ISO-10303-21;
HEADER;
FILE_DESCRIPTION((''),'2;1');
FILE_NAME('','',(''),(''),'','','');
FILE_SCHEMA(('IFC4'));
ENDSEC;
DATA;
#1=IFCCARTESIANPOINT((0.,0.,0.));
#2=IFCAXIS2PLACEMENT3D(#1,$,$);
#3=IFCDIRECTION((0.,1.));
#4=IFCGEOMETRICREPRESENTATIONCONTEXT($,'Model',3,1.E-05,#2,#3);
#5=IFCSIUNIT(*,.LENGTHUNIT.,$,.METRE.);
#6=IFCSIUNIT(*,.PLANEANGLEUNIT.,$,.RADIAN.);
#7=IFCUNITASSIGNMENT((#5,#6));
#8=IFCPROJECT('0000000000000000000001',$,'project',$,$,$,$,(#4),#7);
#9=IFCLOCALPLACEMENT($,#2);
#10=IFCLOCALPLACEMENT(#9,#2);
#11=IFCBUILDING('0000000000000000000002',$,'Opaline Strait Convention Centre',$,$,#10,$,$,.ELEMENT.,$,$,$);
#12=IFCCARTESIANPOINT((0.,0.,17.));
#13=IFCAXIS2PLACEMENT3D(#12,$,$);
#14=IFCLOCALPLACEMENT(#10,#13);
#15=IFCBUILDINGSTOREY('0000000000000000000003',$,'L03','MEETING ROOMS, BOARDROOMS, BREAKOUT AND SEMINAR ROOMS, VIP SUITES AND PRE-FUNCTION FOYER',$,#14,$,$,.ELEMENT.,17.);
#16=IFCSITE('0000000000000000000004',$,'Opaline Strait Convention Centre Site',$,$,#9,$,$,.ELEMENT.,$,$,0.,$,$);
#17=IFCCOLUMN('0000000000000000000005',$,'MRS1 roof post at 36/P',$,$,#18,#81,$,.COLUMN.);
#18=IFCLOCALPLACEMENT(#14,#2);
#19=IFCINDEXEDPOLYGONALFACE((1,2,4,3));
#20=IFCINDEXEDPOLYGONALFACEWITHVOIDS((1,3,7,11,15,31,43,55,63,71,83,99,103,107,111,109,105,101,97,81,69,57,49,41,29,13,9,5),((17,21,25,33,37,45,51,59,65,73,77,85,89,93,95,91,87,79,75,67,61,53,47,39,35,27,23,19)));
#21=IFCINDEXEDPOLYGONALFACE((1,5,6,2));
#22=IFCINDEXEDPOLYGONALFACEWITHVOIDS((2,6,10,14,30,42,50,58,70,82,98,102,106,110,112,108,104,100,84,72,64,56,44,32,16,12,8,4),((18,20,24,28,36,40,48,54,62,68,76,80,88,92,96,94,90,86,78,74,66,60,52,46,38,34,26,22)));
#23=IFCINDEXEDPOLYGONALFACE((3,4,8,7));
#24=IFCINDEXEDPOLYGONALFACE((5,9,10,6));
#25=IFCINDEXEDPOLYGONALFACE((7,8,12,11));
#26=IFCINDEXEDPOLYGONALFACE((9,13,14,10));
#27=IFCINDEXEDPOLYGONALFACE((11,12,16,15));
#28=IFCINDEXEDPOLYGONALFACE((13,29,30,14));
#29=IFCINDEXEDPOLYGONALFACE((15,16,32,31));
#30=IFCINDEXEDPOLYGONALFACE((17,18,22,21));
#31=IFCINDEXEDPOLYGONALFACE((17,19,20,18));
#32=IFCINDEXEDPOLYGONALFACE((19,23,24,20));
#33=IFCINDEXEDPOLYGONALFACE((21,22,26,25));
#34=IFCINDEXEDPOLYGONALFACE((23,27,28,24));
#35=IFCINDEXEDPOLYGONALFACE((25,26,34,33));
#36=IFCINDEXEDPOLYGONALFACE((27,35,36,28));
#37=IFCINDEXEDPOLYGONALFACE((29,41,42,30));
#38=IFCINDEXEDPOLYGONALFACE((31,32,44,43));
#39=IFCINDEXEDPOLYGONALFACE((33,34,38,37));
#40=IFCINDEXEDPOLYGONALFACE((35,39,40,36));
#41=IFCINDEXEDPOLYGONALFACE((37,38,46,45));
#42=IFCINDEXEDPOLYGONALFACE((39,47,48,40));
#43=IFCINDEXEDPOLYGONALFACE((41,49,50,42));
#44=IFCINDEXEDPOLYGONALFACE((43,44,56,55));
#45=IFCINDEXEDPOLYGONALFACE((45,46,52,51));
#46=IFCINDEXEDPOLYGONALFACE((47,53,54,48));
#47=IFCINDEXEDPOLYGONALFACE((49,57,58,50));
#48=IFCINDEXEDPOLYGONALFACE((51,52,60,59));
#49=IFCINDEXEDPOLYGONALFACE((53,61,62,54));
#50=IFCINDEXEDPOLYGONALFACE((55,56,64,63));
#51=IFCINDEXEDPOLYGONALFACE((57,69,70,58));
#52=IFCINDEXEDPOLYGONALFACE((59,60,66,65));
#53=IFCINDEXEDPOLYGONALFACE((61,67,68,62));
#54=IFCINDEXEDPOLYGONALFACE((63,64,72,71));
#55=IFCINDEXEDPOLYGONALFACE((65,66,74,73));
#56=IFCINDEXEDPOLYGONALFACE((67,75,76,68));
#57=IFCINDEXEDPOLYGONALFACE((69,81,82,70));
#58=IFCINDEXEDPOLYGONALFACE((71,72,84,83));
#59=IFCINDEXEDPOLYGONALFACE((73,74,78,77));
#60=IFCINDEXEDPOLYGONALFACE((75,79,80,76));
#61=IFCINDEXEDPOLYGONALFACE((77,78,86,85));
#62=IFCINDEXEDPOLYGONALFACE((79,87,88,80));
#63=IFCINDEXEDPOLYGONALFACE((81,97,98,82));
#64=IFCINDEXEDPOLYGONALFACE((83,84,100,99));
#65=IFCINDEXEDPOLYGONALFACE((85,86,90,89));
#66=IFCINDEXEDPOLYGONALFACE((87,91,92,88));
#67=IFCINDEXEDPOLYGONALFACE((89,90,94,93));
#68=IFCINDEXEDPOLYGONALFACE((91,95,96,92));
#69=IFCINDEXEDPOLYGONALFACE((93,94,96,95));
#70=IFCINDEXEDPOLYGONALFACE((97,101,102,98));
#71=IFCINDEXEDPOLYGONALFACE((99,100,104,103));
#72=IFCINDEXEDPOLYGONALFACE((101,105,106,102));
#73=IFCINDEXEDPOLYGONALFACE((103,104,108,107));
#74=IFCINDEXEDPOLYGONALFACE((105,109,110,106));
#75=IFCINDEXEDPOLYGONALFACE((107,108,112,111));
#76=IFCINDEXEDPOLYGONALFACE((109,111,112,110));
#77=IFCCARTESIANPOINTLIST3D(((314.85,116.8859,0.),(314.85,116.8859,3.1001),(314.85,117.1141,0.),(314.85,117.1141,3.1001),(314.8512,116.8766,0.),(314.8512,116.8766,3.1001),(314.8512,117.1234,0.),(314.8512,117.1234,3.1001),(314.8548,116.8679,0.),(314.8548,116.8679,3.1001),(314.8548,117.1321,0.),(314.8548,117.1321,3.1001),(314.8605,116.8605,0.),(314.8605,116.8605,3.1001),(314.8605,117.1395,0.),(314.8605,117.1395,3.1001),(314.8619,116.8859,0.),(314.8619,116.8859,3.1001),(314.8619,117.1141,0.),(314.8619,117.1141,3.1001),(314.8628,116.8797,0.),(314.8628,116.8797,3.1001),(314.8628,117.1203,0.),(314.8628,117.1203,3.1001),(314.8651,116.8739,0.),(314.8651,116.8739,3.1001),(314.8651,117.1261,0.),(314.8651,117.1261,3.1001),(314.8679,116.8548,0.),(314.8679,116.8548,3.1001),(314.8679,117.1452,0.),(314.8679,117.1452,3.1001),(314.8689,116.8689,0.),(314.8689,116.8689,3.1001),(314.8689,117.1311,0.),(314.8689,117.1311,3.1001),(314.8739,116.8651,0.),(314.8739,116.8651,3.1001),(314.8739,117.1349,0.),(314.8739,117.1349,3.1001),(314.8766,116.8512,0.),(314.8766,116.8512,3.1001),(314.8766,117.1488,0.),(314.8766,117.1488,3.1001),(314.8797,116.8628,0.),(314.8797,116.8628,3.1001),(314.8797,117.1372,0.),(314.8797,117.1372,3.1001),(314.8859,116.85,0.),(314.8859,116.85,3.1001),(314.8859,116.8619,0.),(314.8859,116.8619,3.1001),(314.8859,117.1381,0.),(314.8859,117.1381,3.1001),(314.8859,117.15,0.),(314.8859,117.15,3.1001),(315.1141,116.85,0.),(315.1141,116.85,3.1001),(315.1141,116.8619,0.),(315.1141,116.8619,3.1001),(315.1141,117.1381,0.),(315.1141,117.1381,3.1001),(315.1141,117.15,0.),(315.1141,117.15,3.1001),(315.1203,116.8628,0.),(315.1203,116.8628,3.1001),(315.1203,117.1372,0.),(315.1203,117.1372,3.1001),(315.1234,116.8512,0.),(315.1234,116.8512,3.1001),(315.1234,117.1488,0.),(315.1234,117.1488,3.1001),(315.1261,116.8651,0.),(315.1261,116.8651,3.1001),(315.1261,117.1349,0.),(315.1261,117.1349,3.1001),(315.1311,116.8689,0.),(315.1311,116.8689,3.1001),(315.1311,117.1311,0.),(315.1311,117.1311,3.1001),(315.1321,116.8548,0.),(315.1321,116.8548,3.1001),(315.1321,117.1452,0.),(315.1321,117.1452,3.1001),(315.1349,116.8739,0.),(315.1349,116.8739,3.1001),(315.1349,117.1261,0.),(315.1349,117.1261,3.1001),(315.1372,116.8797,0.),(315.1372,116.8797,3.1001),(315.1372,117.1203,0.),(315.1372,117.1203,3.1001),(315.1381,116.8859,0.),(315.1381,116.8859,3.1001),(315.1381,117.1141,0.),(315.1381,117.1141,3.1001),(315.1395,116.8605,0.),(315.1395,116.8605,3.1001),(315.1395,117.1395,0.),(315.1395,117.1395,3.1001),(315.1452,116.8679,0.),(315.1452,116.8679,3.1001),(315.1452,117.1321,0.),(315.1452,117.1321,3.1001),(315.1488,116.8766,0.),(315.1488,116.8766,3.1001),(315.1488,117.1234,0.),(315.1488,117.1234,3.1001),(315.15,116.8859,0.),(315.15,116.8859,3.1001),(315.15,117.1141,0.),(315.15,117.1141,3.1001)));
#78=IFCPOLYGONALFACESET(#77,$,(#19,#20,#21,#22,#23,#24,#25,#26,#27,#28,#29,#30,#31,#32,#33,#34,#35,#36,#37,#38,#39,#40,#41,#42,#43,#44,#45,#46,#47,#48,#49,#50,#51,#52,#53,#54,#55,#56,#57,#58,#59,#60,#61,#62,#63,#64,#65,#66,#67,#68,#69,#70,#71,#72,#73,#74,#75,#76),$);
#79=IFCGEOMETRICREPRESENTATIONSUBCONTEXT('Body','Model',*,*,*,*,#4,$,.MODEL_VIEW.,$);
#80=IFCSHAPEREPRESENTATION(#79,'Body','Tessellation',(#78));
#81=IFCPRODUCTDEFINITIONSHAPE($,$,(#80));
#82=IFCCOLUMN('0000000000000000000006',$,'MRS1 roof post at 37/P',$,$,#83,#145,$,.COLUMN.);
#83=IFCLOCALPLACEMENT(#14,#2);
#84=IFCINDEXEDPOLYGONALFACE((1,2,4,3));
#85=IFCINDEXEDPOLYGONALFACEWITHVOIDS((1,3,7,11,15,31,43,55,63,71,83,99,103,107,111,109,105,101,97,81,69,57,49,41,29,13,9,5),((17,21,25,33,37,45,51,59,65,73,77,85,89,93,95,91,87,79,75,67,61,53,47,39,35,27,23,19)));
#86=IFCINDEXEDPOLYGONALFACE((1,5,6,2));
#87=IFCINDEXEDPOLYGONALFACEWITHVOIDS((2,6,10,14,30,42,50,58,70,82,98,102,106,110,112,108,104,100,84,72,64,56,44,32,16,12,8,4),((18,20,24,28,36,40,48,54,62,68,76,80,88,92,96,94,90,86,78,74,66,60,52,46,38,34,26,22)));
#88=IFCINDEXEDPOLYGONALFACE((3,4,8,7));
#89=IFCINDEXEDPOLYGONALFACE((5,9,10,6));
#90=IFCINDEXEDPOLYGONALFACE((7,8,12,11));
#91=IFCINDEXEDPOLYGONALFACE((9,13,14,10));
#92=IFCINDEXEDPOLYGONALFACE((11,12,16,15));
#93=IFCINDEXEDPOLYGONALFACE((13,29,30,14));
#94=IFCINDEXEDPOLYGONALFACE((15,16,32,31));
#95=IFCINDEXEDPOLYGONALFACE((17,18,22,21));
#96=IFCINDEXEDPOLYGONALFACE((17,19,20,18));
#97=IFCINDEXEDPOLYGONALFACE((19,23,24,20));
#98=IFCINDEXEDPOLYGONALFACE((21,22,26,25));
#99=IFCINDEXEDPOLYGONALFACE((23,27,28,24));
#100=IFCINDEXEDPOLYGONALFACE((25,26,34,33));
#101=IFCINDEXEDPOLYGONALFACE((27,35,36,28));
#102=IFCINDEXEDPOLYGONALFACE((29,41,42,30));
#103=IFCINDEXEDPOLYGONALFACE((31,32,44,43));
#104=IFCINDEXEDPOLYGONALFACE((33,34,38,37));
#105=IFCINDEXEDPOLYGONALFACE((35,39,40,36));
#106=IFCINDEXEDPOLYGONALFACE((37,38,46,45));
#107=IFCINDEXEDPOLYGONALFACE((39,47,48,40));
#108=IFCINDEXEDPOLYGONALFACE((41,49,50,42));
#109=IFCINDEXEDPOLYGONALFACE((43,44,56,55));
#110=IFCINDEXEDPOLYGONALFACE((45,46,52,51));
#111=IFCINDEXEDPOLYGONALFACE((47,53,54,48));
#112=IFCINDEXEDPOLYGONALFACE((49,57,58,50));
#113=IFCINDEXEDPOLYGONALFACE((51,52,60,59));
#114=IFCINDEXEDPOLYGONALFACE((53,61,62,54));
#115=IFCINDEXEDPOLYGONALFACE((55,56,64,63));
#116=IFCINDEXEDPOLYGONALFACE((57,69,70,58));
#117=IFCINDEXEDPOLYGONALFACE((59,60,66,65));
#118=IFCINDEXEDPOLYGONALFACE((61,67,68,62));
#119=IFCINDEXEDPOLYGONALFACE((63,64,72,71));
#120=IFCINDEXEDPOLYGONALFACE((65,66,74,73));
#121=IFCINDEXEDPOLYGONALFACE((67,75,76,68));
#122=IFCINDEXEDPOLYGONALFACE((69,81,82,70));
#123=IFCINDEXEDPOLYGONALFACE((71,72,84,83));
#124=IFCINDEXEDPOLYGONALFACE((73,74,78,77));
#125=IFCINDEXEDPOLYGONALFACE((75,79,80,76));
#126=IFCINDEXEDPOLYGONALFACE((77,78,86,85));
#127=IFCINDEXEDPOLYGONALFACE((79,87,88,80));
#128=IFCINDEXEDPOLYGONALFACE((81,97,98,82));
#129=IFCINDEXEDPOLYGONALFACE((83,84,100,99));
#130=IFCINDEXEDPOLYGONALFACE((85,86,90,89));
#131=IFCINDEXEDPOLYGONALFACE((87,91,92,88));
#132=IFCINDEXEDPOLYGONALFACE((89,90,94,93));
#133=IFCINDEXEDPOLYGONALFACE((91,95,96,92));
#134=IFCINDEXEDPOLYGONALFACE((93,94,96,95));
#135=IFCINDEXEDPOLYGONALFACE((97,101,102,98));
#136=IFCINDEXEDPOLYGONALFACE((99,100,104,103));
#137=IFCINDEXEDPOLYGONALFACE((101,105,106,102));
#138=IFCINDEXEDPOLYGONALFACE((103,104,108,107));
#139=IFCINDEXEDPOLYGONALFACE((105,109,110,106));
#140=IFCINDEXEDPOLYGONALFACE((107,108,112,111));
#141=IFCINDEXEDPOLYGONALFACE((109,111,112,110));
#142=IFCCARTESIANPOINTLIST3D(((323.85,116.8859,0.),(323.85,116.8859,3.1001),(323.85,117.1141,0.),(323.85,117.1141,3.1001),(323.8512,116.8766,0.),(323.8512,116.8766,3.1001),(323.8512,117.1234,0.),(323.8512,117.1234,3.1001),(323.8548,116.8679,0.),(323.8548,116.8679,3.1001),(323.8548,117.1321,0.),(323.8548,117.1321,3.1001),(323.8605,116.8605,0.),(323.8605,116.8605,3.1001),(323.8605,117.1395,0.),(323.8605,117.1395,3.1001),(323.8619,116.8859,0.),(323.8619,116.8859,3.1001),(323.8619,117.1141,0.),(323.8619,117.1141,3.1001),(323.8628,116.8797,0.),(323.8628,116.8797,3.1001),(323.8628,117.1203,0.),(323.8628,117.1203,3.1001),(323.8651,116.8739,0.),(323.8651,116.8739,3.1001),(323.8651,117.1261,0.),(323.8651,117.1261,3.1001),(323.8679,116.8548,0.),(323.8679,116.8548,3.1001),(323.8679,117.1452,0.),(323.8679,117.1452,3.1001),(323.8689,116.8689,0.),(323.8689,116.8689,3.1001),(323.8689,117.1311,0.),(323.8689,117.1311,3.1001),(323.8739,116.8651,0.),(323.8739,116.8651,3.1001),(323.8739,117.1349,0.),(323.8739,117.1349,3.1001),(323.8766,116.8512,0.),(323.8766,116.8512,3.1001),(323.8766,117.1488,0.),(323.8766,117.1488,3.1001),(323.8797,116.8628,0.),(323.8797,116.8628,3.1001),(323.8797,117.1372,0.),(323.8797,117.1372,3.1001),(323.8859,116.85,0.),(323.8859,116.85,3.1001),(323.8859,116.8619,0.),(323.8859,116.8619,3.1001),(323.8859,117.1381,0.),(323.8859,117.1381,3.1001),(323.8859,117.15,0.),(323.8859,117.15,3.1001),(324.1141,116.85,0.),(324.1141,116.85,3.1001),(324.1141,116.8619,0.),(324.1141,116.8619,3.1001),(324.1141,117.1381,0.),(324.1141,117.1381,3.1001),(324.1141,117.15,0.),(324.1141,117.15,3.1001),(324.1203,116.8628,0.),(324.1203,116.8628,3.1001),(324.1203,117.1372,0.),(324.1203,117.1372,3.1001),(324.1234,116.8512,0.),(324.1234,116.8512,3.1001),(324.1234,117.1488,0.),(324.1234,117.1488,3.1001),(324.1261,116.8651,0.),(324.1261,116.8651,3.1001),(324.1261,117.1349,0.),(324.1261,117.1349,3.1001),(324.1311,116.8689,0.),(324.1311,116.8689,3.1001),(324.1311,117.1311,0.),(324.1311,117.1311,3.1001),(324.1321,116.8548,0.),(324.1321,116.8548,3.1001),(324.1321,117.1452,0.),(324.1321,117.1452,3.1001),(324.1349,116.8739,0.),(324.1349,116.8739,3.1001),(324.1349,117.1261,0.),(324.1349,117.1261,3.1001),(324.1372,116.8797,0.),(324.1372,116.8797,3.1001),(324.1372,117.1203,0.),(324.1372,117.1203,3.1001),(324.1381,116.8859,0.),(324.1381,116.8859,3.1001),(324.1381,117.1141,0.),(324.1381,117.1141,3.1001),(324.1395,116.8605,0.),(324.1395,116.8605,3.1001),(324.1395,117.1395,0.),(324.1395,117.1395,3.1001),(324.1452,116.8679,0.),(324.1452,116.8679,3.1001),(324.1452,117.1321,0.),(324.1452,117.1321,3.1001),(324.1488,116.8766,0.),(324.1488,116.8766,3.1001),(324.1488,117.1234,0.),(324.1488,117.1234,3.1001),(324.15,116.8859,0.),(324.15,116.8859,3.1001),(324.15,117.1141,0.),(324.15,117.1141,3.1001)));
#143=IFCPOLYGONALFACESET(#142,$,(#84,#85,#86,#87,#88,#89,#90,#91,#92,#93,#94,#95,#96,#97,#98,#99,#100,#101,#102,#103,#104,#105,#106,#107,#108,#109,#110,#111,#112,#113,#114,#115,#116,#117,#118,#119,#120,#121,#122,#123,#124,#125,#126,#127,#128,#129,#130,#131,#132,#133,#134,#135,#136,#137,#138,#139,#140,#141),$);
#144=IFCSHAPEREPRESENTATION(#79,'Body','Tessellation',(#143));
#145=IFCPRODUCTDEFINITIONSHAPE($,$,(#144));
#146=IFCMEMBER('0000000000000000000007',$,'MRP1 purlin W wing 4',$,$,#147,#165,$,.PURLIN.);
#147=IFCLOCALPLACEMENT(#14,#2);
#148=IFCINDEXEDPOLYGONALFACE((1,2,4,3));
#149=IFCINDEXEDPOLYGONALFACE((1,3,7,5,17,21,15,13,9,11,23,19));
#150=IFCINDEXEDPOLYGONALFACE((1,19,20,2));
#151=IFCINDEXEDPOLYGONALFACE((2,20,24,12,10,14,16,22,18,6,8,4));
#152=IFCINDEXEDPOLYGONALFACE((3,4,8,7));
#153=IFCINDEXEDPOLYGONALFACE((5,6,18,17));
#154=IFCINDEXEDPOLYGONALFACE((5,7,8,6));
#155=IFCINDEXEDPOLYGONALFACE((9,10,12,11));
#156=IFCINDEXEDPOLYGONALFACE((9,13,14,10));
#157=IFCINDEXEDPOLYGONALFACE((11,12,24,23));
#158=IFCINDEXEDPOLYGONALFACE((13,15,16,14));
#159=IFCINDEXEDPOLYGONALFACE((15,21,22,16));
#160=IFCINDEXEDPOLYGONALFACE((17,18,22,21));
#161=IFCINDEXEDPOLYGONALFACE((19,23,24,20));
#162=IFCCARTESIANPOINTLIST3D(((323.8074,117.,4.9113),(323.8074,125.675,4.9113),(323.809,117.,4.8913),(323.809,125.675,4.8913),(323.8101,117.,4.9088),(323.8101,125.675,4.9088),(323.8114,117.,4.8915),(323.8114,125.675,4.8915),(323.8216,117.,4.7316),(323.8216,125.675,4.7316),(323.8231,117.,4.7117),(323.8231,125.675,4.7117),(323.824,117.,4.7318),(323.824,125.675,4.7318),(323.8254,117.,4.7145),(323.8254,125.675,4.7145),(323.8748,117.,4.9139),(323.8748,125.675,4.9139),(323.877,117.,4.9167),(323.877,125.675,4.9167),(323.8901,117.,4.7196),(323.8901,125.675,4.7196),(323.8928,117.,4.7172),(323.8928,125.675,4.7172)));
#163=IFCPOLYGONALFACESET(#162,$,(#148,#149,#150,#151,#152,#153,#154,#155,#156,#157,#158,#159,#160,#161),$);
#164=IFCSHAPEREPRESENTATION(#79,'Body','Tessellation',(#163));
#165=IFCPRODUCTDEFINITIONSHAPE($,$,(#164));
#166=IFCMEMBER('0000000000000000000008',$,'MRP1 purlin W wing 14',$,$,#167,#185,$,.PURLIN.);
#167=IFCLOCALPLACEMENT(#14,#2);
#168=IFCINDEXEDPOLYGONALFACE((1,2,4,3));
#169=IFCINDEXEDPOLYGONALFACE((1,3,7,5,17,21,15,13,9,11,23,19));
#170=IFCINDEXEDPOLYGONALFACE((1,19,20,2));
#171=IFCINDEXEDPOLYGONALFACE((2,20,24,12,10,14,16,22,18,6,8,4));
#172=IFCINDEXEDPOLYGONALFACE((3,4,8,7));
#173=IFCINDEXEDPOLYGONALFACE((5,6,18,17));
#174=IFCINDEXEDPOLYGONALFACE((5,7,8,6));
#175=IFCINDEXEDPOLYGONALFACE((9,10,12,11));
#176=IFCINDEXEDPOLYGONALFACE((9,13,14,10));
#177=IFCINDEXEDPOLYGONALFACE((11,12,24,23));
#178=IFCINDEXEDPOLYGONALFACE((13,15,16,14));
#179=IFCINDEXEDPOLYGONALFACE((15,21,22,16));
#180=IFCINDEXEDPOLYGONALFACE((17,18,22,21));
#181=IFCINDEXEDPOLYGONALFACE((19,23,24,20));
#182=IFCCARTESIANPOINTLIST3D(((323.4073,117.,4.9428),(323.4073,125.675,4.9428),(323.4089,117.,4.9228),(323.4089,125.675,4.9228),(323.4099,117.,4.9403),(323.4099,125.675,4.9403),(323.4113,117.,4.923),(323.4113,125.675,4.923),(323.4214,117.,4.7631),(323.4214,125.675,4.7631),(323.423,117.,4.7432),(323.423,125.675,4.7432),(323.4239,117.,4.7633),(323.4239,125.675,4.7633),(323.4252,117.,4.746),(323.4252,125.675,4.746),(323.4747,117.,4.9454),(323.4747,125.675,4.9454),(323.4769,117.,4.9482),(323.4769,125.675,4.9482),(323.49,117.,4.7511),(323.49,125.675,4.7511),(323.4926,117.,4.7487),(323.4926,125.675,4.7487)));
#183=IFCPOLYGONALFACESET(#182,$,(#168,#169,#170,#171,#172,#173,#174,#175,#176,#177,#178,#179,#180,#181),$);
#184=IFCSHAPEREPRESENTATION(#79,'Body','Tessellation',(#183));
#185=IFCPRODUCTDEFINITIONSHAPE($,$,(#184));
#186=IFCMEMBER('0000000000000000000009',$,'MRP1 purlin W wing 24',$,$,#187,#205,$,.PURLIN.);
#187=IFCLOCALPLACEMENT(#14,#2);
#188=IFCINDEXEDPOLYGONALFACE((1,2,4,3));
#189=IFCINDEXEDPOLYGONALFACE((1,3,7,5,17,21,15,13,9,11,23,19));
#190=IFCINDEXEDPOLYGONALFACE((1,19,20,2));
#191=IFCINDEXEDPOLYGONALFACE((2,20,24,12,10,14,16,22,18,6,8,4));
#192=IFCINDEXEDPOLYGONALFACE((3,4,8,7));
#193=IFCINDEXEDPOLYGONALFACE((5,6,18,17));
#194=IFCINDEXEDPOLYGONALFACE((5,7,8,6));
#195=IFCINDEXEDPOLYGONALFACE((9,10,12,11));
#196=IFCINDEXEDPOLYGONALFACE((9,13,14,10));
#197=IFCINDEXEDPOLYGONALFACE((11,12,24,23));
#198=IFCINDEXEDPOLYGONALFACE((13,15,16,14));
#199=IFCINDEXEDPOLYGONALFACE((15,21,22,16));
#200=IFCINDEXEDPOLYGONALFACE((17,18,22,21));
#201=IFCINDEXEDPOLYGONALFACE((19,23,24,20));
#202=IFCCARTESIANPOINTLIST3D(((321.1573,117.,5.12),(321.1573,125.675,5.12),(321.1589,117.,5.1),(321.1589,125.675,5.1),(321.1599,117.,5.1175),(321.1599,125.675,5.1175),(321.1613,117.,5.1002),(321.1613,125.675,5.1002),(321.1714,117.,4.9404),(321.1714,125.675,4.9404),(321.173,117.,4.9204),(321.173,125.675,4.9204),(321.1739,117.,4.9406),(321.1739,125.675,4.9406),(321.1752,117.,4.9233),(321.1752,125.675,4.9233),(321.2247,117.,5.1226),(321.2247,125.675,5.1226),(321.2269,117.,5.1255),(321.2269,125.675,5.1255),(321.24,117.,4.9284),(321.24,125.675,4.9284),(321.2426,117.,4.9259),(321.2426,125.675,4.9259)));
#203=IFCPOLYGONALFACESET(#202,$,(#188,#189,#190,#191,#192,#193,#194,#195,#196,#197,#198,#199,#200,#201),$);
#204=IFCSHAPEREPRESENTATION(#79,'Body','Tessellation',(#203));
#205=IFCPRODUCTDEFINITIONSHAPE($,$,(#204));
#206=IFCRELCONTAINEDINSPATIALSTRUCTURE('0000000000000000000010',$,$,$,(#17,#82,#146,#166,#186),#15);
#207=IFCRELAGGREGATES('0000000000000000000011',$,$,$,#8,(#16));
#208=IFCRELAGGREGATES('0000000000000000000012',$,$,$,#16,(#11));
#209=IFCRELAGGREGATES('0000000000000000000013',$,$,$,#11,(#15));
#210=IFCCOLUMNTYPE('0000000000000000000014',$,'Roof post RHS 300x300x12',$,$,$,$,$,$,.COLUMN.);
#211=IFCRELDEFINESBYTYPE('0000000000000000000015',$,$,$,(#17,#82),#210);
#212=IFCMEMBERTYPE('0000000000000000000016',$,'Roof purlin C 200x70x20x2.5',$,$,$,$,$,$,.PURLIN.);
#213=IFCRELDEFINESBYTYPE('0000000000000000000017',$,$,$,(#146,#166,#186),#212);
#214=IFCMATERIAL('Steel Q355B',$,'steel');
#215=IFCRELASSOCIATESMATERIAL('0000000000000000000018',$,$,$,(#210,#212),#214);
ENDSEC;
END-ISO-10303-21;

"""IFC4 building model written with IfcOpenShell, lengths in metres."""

from ifc_helpers import new_model, si_unit, direction, frame, origin, origin_2d, place, context, subcontext, project, spatial, polyline, hollow_rectangle, outline, extrude, material, material_profile, profile_set, type_object, element, save


model = new_model("IFC4")

# Units and contexts
model_context = context("Model", 3, precision=1e-05, world=origin(), true_north=direction((0.0, 1.0)))
body_context = subcontext(model_context, "Body", "Model", "MODEL_VIEW")
ifc_project = project(units=[si_unit("LENGTHUNIT", "METRE"), si_unit("PLANEANGLEUNIT", "RADIAN")], contexts=[model_context])

# Site, building, storey
site_placement = place(None, origin())
site = spatial("IfcSite", under=ifc_project, at=site_placement, Name="Opaline Strait Convention Centre Site", CompositionType="ELEMENT", RefElevation=0.0)
building_placement = place(site_placement, origin())
building = spatial("IfcBuilding", under=site, at=building_placement, Name="Opaline Strait Convention Centre", CompositionType="ELEMENT")
storey_placement = place(building_placement, frame((0.0, 0.0, 17.0)))
storey = spatial("IfcBuildingStorey", under=building, at=storey_placement, Name="L03", Description="MEETING ROOMS, BOARDROOMS, BREAKOUT AND SEMINAR ROOMS, VIP SUITES AND PRE-FUNCTION FOYER", CompositionType="ELEMENT", Elevation=17.0)

# Columns
ifc_material_1 = material(Name="Steel Q355B", Category="steel")
ifc_material_profile_1 = material_profile(ifc_material_1, hollow_rectangle(XDim=0.3, YDim=0.3, WallThickness=0.012, InnerFilletRadius=0.0239, OuterFilletRadius=0.0359, at=origin_2d()), Name="RHS 300x300x12")
ifc_profile_set_1 = profile_set([ifc_material_profile_1], Name="Steel Q355B")
column_type = type_object("IfcColumnType", Name="Roof post RHS 300x300x12", PredefinedType="COLUMN", material=ifc_profile_set_1)
for number, where, z_axis, x_axis, name in (
    (1, (315.0, 117.0, 0.0), (0.0, 0.0, 1.0), (1.0, 0.0, 0.0), "MRS1 roof post at 36/P"),
    (2, (324.0, 117.0, 0.0), (0.0, 0.0, 1.0), (1.0, 0.0, 0.0), "MRS1 roof post at 37/P"),
):
    element("IfcColumn", number, at=place(storey_placement, frame(where, z_axis=z_axis, x_axis=x_axis)), inside=storey, type_object=column_type, Name=name, PredefinedType="COLUMN", context=body_context, shape_type="SweptSolid", body=[
        extrude(hollow_rectangle(XDim=0.3, YDim=0.3, WallThickness=0.012, InnerFilletRadius=0.0239, OuterFilletRadius=0.0359, at=origin_2d()), origin(), (0.0, 0.0, 1.0), 3.1001),
    ])

# Members
ifc_material_profile_2 = material_profile(ifc_material_1, outline(polyline([(-0.0349, -0.1001), (0.0349, -0.1001), (0.0349, -0.0801), (0.0325, -0.0801), (0.0325, -0.0974), (-0.0325, -0.0974), (-0.0325, 0.0974), (0.0325, 0.0974), (0.0325, 0.0801), (0.0349, 0.0801), (0.0349, 0.1001), (-0.0349, 0.1001), (-0.0349, -0.1001)])), Name="C 200x70x20x2.5")
ifc_profile_set_2 = profile_set([ifc_material_profile_2], Name="Steel Q355B")
member_type_1 = type_object("IfcMemberType", Name="Roof purlin C 200x70x20x2.5", PredefinedType="PURLIN", material=ifc_profile_set_2)
for number, where, z_axis, x_axis, name in (
    (3, (323.8501, 117.0, 4.8142), (0.0, 1.0, 0.0), (-0.996917, 0.0, -0.078459), "MRP1 purlin W wing 4"),
    (4, (323.45, 117.0, 4.8457), (0.0, 1.0, 0.0), (-0.996917, 0.0, -0.078459), "MRP1 purlin W wing 14"),
    (5, (321.2, 117.0, 5.0229), (0.0, 1.0, 0.0), (-0.996917, 0.0, -0.078459), "MRP1 purlin W wing 24"),
):
    element("IfcMember", number, at=place(storey_placement, frame(where, z_axis=z_axis, x_axis=x_axis)), inside=storey, type_object=member_type_1, Name=name, PredefinedType="PURLIN", context=body_context, shape_type="SweptSolid", body=[
        extrude(outline(polyline([(-0.0349, -0.1001), (0.0349, -0.1001), (0.0349, -0.0801), (0.0325, -0.0801), (0.0325, -0.0974), (-0.0325, -0.0974), (-0.0325, 0.0974), (0.0325, 0.0974), (0.0325, 0.0801), (0.0349, 0.0801), (0.0349, 0.1001), (-0.0349, 0.1001), (-0.0349, -0.1001)])), origin(), (0.0, 0.0, 1.0), 8.675),
    ])

save(model, "model.ifc")
